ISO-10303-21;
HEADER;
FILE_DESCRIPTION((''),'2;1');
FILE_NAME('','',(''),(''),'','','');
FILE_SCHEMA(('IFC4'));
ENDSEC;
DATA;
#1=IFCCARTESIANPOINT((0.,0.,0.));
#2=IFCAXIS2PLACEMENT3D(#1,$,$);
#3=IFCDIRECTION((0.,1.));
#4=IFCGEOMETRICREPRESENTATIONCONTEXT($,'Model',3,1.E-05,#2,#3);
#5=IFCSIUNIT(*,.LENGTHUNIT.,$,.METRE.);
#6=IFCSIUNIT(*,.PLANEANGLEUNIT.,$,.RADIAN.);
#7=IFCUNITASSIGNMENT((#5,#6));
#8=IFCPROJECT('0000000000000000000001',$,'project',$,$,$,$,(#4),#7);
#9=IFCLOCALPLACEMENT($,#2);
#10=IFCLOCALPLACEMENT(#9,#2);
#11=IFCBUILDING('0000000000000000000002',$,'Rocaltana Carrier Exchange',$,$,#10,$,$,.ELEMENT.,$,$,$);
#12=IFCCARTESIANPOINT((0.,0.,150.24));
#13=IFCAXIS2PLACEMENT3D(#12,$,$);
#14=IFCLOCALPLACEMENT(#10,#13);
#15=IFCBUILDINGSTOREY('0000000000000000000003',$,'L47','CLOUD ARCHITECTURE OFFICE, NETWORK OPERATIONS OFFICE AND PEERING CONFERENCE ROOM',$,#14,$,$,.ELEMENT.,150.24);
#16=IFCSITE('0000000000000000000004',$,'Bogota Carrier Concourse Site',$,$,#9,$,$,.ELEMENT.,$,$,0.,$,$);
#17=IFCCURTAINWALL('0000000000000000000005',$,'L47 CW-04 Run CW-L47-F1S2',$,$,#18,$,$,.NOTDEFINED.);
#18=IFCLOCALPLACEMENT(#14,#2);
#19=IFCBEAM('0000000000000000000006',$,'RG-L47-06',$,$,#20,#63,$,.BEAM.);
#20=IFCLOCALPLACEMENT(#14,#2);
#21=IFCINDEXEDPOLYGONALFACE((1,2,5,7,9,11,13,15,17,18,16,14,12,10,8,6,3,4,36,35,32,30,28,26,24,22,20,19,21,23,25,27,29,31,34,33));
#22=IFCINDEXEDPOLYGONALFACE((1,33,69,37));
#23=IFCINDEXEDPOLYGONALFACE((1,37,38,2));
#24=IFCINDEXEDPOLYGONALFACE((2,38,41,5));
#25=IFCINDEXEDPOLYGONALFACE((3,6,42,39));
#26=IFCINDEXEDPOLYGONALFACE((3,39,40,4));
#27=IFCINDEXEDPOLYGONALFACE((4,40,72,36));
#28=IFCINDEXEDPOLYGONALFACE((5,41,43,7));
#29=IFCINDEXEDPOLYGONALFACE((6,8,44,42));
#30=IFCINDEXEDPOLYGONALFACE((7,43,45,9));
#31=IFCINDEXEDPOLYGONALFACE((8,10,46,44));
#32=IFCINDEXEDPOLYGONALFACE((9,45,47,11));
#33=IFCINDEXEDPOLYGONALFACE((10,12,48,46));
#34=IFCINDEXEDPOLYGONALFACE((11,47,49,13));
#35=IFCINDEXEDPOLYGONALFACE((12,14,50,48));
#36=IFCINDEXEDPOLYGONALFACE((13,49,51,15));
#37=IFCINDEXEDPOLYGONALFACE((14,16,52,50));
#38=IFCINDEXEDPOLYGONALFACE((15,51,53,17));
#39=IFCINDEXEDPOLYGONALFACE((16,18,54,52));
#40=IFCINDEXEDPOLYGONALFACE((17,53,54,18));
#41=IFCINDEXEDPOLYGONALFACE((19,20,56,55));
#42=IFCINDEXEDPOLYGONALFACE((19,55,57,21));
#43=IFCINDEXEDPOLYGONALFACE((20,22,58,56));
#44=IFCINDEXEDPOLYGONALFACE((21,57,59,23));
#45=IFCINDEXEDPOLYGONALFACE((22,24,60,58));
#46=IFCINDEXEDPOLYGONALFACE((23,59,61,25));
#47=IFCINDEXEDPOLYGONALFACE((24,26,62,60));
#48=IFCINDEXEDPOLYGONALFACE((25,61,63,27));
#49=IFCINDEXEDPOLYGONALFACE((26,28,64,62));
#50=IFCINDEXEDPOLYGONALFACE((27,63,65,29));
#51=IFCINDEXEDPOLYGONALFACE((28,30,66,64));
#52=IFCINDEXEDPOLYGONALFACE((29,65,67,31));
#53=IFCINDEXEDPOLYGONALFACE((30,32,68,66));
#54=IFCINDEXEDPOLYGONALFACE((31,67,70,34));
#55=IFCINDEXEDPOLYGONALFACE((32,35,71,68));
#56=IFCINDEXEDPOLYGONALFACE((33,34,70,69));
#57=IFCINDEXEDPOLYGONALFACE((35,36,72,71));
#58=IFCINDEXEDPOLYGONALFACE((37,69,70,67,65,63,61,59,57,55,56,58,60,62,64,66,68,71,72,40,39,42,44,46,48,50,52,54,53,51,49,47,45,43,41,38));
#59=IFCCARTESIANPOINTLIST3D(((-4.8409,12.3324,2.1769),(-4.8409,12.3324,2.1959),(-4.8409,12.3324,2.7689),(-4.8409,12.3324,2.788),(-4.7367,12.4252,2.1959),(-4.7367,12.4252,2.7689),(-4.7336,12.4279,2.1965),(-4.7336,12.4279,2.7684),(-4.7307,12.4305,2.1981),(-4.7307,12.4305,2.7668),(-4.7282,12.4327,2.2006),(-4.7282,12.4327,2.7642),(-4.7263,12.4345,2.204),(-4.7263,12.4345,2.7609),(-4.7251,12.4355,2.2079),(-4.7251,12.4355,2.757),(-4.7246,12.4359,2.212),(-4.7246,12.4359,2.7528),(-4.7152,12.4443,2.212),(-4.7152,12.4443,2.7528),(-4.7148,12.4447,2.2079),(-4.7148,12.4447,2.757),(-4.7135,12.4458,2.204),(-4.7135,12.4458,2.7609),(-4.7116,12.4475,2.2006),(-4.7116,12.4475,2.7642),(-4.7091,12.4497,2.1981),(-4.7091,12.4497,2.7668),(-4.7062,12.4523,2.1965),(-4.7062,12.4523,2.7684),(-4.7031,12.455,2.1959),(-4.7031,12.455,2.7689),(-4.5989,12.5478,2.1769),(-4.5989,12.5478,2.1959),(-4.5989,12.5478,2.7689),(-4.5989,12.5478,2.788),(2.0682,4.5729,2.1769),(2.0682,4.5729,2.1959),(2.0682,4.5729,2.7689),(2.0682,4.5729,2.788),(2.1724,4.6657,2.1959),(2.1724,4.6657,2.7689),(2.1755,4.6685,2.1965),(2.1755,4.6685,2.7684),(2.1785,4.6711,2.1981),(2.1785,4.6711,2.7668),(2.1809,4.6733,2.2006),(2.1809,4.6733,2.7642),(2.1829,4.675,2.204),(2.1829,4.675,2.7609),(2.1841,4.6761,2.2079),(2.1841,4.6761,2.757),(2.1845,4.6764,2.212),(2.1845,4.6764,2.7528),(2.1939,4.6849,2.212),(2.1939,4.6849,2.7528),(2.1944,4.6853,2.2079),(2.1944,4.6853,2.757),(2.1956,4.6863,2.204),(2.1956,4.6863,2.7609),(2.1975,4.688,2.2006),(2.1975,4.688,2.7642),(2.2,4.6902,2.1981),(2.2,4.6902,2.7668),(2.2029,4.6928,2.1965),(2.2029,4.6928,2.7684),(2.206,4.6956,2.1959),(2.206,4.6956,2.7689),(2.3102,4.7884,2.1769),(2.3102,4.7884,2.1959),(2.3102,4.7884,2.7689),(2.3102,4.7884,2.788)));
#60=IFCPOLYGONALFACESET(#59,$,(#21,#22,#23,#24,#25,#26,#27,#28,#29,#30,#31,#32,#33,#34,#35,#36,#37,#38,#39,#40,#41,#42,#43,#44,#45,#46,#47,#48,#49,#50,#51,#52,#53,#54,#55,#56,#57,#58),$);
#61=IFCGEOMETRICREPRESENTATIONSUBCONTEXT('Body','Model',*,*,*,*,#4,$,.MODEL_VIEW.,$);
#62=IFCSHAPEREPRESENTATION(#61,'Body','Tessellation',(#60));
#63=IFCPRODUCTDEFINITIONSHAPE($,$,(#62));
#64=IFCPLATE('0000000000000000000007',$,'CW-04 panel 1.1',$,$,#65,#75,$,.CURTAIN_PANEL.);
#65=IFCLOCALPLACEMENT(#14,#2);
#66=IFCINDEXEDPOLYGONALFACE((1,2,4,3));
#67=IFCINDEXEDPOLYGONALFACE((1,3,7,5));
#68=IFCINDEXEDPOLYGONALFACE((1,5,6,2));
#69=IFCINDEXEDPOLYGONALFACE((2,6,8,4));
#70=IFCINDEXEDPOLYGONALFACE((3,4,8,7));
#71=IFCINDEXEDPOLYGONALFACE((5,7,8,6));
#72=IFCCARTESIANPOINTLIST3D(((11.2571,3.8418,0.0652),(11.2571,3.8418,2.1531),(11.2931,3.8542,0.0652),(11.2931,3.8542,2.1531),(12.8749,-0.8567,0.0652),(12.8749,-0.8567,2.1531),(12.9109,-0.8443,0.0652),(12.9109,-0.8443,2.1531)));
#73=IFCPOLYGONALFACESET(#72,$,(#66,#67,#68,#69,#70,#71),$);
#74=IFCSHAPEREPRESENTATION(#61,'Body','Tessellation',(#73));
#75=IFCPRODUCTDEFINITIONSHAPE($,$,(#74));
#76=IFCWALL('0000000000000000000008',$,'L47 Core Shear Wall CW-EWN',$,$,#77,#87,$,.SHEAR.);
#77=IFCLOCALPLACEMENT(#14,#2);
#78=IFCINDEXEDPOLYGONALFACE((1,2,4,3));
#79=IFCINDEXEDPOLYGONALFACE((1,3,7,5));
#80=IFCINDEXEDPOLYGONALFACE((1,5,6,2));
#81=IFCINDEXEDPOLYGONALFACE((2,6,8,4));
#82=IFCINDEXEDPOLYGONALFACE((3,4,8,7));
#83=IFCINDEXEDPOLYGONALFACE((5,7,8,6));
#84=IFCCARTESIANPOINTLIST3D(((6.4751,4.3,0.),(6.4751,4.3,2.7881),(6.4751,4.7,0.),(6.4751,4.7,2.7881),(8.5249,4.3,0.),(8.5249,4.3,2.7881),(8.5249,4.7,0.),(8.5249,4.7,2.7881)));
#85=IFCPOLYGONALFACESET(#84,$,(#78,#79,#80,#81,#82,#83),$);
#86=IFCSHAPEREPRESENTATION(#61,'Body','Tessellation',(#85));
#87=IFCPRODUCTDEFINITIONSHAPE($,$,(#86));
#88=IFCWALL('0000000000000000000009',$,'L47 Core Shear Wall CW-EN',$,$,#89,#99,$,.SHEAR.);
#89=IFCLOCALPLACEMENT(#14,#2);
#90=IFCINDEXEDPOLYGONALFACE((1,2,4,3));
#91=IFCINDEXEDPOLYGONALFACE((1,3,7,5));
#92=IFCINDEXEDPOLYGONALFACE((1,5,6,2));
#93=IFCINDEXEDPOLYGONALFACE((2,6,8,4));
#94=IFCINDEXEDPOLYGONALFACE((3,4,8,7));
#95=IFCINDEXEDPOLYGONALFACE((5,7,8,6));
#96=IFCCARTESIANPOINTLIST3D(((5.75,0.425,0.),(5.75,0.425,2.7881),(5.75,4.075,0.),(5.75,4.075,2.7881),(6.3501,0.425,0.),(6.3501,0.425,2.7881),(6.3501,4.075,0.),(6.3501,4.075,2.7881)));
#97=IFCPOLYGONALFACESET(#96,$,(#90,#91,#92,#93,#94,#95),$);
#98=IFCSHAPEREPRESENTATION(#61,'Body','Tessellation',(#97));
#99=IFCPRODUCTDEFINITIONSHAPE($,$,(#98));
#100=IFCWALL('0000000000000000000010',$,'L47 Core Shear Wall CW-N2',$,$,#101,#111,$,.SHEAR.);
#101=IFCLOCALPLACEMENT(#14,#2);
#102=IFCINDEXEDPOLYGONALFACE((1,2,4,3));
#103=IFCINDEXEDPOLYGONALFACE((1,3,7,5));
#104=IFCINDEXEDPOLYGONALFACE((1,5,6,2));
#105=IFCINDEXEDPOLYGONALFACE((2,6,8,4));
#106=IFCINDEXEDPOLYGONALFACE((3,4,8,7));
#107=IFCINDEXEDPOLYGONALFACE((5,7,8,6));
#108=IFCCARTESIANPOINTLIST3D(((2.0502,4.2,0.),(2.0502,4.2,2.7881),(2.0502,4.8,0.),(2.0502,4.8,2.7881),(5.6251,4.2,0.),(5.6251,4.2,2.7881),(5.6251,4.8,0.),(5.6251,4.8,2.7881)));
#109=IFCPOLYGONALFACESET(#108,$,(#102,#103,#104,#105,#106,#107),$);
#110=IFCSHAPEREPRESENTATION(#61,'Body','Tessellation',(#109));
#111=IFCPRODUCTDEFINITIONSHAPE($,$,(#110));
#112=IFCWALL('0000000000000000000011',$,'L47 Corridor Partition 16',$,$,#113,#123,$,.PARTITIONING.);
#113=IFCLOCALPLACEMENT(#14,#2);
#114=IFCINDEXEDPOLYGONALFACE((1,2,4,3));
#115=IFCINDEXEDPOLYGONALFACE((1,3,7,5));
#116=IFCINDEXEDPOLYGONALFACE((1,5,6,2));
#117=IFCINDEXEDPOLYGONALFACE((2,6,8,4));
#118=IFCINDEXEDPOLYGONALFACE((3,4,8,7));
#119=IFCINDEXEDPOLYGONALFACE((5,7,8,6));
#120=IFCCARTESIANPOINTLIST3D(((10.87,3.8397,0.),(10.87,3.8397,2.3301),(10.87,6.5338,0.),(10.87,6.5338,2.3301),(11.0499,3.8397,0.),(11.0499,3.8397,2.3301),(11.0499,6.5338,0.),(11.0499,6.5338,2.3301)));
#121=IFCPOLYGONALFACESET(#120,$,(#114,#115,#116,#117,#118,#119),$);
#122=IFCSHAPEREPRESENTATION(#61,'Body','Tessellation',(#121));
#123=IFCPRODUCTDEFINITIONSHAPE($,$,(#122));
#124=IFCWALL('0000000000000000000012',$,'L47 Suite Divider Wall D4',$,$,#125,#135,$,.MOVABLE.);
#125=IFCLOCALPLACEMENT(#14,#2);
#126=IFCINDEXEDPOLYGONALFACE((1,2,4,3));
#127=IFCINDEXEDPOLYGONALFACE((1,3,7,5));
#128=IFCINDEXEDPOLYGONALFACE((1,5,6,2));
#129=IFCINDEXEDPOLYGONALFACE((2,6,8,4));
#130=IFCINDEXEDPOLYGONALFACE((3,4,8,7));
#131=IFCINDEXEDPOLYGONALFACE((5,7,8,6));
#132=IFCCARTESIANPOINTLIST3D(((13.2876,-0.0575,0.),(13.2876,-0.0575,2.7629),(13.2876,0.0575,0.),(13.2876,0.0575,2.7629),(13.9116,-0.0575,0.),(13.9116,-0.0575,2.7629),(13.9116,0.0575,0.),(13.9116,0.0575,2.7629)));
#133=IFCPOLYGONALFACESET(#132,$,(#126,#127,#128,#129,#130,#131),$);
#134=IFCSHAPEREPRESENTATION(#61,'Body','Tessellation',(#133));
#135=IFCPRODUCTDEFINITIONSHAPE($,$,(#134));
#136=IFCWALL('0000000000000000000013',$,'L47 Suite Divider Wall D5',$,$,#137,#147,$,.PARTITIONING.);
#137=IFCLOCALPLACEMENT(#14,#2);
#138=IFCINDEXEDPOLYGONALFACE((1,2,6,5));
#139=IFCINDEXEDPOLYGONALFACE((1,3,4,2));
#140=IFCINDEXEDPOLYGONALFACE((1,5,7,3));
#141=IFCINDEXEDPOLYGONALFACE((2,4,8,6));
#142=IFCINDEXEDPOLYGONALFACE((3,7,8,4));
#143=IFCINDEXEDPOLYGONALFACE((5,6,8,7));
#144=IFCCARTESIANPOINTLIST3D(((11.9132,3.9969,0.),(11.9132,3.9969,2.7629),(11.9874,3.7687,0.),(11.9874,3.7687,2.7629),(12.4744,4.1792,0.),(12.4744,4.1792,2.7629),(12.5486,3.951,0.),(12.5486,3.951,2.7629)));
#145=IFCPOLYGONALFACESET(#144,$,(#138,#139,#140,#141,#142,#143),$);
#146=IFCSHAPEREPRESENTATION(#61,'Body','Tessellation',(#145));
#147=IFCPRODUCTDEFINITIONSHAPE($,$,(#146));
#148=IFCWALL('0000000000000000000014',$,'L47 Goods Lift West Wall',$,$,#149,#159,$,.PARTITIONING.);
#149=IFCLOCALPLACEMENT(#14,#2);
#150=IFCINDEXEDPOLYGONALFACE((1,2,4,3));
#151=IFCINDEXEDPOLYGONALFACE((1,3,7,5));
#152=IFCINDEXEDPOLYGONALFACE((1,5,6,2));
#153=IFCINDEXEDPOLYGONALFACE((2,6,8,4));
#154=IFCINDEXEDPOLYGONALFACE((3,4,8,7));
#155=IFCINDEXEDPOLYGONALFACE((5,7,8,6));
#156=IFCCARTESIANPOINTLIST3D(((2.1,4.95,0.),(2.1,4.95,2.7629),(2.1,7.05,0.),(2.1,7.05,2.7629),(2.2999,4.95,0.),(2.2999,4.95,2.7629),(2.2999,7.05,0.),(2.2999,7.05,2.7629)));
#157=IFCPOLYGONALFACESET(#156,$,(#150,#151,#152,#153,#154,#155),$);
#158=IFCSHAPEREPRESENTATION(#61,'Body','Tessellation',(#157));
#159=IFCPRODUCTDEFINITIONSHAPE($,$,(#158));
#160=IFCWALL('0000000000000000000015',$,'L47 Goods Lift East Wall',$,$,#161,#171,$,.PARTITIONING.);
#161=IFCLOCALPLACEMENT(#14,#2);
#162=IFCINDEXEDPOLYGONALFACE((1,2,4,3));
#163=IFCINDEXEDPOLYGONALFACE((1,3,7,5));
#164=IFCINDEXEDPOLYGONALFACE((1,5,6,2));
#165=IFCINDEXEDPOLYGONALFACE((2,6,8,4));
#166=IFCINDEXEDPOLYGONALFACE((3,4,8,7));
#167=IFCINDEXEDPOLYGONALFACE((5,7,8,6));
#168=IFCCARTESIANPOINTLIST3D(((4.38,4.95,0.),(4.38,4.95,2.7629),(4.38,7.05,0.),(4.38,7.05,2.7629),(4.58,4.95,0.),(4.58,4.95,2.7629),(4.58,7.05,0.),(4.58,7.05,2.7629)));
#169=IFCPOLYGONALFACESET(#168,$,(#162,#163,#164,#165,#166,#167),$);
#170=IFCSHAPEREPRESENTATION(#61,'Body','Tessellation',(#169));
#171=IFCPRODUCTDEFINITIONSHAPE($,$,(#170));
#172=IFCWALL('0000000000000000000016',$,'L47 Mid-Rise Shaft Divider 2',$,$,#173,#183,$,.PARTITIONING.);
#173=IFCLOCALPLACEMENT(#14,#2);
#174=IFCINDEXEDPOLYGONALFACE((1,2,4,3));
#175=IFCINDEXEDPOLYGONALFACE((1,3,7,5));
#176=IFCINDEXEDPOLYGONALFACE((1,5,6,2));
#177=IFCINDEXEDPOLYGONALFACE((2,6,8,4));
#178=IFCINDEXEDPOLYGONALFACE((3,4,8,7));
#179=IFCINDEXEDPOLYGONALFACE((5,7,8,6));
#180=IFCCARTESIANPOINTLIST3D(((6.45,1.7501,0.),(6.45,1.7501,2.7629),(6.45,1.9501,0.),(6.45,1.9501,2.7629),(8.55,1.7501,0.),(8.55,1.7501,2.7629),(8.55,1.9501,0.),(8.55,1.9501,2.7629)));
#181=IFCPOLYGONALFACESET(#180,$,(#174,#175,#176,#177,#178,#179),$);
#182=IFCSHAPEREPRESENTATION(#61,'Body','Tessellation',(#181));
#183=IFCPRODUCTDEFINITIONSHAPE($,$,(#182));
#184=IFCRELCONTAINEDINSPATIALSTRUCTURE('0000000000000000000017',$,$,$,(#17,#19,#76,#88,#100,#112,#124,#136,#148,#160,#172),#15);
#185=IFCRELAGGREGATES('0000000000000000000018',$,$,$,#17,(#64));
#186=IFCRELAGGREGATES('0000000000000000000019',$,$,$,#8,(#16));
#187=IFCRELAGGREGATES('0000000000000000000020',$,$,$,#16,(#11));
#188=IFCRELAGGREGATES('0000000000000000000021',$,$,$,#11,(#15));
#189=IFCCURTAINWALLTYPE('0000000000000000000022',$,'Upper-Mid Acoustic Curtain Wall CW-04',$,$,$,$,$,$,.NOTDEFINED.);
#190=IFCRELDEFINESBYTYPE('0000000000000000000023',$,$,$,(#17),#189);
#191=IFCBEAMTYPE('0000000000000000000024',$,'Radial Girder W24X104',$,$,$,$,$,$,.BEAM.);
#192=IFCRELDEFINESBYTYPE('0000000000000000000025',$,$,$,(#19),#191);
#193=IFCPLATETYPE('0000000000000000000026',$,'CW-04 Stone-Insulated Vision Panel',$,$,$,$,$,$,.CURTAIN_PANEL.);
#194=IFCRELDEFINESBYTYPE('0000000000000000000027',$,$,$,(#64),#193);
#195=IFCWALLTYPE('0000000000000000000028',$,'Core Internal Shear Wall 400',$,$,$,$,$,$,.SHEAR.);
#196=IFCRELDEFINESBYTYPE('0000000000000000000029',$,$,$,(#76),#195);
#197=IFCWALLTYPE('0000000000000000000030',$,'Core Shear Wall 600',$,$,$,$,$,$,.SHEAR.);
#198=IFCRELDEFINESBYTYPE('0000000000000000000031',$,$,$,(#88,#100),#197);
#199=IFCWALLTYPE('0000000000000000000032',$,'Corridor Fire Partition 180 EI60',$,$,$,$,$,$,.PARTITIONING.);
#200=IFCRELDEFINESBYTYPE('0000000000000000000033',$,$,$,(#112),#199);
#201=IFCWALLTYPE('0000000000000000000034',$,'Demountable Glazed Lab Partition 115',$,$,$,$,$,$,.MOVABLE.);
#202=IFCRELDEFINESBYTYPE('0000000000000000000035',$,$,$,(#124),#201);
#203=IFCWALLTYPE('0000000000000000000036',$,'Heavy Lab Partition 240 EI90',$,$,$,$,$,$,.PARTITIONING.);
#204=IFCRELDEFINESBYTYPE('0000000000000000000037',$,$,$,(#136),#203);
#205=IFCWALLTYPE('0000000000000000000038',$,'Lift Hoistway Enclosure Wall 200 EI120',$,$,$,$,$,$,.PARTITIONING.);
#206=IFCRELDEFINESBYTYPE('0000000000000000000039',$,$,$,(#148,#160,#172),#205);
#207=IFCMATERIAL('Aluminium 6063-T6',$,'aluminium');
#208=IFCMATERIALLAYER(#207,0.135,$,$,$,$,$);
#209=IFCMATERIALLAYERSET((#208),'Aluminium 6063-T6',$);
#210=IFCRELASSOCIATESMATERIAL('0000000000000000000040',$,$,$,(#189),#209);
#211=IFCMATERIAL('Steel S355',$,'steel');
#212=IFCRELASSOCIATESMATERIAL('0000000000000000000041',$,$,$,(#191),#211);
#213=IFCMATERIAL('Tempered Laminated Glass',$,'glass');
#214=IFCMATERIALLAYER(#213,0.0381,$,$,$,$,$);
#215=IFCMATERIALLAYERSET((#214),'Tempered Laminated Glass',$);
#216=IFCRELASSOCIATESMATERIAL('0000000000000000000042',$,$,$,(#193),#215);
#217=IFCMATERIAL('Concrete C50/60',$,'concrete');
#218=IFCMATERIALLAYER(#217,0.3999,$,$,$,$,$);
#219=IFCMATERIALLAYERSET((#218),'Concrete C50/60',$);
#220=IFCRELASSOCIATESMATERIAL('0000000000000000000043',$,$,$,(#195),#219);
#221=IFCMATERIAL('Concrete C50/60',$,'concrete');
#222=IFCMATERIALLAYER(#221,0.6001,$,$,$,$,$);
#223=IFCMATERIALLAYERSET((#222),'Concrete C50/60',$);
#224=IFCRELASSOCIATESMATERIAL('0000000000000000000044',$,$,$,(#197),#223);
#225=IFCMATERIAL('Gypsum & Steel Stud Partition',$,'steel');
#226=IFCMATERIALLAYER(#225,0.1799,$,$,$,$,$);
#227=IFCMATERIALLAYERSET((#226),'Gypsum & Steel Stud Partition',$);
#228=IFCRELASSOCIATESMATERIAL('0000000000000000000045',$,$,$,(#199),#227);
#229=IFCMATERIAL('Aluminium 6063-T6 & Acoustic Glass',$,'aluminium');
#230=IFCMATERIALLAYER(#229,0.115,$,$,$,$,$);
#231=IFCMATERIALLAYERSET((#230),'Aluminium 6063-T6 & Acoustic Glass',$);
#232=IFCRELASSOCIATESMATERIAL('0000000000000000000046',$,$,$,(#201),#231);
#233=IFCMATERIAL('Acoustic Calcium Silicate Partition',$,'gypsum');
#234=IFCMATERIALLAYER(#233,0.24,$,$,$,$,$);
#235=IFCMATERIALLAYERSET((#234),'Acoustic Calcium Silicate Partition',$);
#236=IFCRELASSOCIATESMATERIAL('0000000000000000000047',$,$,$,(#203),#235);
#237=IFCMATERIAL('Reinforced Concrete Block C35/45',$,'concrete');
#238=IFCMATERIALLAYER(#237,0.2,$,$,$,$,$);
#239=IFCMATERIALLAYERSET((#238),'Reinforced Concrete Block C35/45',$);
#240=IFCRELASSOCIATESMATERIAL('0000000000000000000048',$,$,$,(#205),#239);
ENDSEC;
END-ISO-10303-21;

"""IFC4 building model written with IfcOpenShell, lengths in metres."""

from ifc_helpers import new_model, si_unit, direction, frame, frame_2d, origin, origin_2d, place, context, subcontext, project, spatial, rectangle, i_section, extrude, material, layer, layer_set, material_profile, profile_set, type_object, element, aggregate, save


model = new_model("IFC4")

# Units and contexts
model_context = context("Model", 3, precision=1e-05, world=origin(), true_north=direction((0.0, 1.0)))
body_context = subcontext(model_context, "Body", "Model", "MODEL_VIEW")
ifc_project = project(units=[si_unit("LENGTHUNIT", "METRE"), si_unit("PLANEANGLEUNIT", "RADIAN")], contexts=[model_context])

# Site, building, storey
site_placement = place(None, origin())
site = spatial("IfcSite", under=ifc_project, at=site_placement, Name="Bogota Carrier Concourse Site", CompositionType="ELEMENT", RefElevation=0.0)
building_placement = place(site_placement, origin())
building = spatial("IfcBuilding", under=site, at=building_placement, Name="Rocaltana Carrier Exchange", CompositionType="ELEMENT")
storey_placement = place(building_placement, frame((0.0, 0.0, 150.24)))
storey = spatial("IfcBuildingStorey", under=building, at=storey_placement, Name="L47", Description="CLOUD ARCHITECTURE OFFICE, NETWORK OPERATIONS OFFICE AND PEERING CONFERENCE ROOM", CompositionType="ELEMENT", Elevation=150.24)

# Curtain wall
ifc_material_1 = material(Name="Aluminium 6063-T6", Category="aluminium")
ifc_layer_1 = layer(ifc_material_1, 0.135)
ifc_layer_set_1 = layer_set([ifc_layer_1], Name="Aluminium 6063-T6")
curtain_wall_type = type_object("IfcCurtainWallType", Name="Upper-Mid Acoustic Curtain Wall CW-04", PredefinedType="NOTDEFINED", material=ifc_layer_set_1)
curtain_wall_placement = place(storey_placement, origin())
curtain_wall = element("IfcCurtainWall", 1, at=curtain_wall_placement, inside=storey, type_object=curtain_wall_type, Name="L47 CW-04 Run CW-L47-F1S2", PredefinedType="NOTDEFINED")

# Beam
ifc_material_2 = material(Name="Steel S355", Category="steel")
ifc_material_profile_1 = material_profile(ifc_material_2, i_section(OverallWidth=0.324, OverallDepth=0.6111, WebThickness=0.0127, FlangeThickness=0.019, FilletRadius=0.0161, at=origin_2d()), Name="W24X104")
ifc_profile_set_1 = profile_set([ifc_material_profile_1], Name="Steel S355")
beam_type_1 = type_object("IfcBeamType", Name="Radial Girder W24X104", PredefinedType="BEAM", material=ifc_profile_set_1)
beam_1_placement = place(storey_placement, frame((2.1892, 4.6807, 2.4824), z_axis=(-0.665, 0.746844, 0.0), x_axis=(-0.746844, -0.665, 0.0)))
element("IfcBeam", 2, at=beam_1_placement, inside=storey, type_object=beam_type_1, Name="RG-L47-06", PredefinedType="BEAM", context=body_context, shape_type="SweptSolid", body=[
    extrude(i_section(OverallWidth=0.324, OverallDepth=0.6111, WebThickness=0.0127, FlangeThickness=0.019, FilletRadius=0.0161, at=origin_2d()), origin(), (0.0, 0.0, 1.0), 10.3896),
])

# Plate
ifc_material_3 = material(Name="Tempered Laminated Glass", Category="glass")
ifc_layer_2 = layer(ifc_material_3, 0.0381)
ifc_layer_set_2 = layer_set([ifc_layer_2], Name="Tempered Laminated Glass")
plate_type = type_object("IfcPlateType", Name="CW-04 Stone-Insulated Vision Panel", PredefinedType="CURTAIN_PANEL", material=ifc_layer_set_2)
plate_placement = place(storey_placement, frame((12.084, 1.4988, 0.0652), z_axis=(0.0, 0.0, 1.0), x_axis=(-0.325562, 0.945521, 0.0)))
plate = element("IfcPlate", 3, at=plate_placement, type_object=plate_type, Name="CW-04 panel 1.1", PredefinedType="CURTAIN_PANEL", context=body_context, shape_type="SweptSolid", body=[
    extrude(rectangle(XDim=4.9692, YDim=0.0381, at=origin_2d()), origin(), (0.0, 0.0, 1.0), 2.0879),
])
aggregate(curtain_wall, [plate])

# Walls
ifc_material_4 = material(Name="Concrete C50/60", Category="concrete")
ifc_layer_3 = layer(ifc_material_4, 0.3999)
ifc_layer_set_3 = layer_set([ifc_layer_3], Name="Concrete C50/60")
wall_type_1 = type_object("IfcWallType", Name="Core Internal Shear Wall 400", PredefinedType="SHEAR", material=ifc_layer_set_3)
wall_1_placement = place(storey_placement, frame((6.4751, 4.5, 0.0), z_axis=(0.0, 0.0, 1.0), x_axis=(1.0, 0.0, 0.0)))
element("IfcWall", 4, at=wall_1_placement, inside=storey, type_object=wall_type_1, Name="L47 Core Shear Wall CW-EWN", PredefinedType="SHEAR", context=body_context, shape_type="SweptSolid", body=[
    extrude(rectangle(XDim=2.0498, YDim=0.3999, at=frame_2d((1.0249, 0.0))), origin(), (0.0, 0.0, 1.0), 2.7881),
])
ifc_material_5 = material(Name="Concrete C50/60", Category="concrete")
ifc_layer_4 = layer(ifc_material_5, 0.6001)
ifc_layer_set_4 = layer_set([ifc_layer_4], Name="Concrete C50/60")
wall_type_2 = type_object("IfcWallType", Name="Core Shear Wall 600", PredefinedType="SHEAR", material=ifc_layer_set_4)
wall_2_placement = place(storey_placement, frame((6.05, 0.425, 0.0), z_axis=(0.0, 0.0, 1.0), x_axis=(0.0, 1.0, 0.0)))
element("IfcWall", 5, at=wall_2_placement, inside=storey, type_object=wall_type_2, Name="L47 Core Shear Wall CW-EN", PredefinedType="SHEAR", context=body_context, shape_type="SweptSolid", body=[
    extrude(rectangle(XDim=3.6499, YDim=0.6001, at=frame_2d((1.825, 0.0))), origin(), (0.0, 0.0, 1.0), 2.7881),
])
wall_3_placement = place(storey_placement, frame((2.05, 4.5, 0.0), z_axis=(0.0, 0.0, 1.0), x_axis=(1.0, 0.0, 0.0)))
element("IfcWall", 6, at=wall_3_placement, inside=storey, type_object=wall_type_2, Name="L47 Core Shear Wall CW-N2", PredefinedType="SHEAR", context=body_context, shape_type="SweptSolid", body=[
    extrude(rectangle(XDim=3.575, YDim=0.6001, at=frame_2d((1.7876, 0.0))), origin(), (0.0, 0.0, 1.0), 2.7881),
])
ifc_material_6 = material(Name="Gypsum & Steel Stud Partition", Category="steel")
ifc_layer_5 = layer(ifc_material_6, 0.1799)
ifc_layer_set_5 = layer_set([ifc_layer_5], Name="Gypsum & Steel Stud Partition")
wall_type_3 = type_object("IfcWallType", Name="Corridor Fire Partition 180 EI60", PredefinedType="PARTITIONING", material=ifc_layer_set_5)
wall_4_placement = place(storey_placement, frame((10.96, 3.8396, 0.0), z_axis=(0.0, 0.0, 1.0), x_axis=(0.0, 1.0, 0.0)))
element("IfcWall", 7, at=wall_4_placement, inside=storey, type_object=wall_type_3, Name="L47 Corridor Partition 16", PredefinedType="PARTITIONING", context=body_context, shape_type="SweptSolid", body=[
    extrude(rectangle(XDim=2.6941, YDim=0.1799, at=frame_2d((1.3472, 0.0))), origin(), (0.0, 0.0, 1.0), 2.3301),
])
ifc_material_7 = material(Name="Aluminium 6063-T6 & Acoustic Glass", Category="aluminium")
ifc_layer_6 = layer(ifc_material_7, 0.115)
ifc_layer_set_6 = layer_set([ifc_layer_6], Name="Aluminium 6063-T6 & Acoustic Glass")
wall_type_4 = type_object("IfcWallType", Name="Demountable Glazed Lab Partition 115", PredefinedType="MOVABLE", material=ifc_layer_set_6)
wall_5_placement = place(storey_placement, frame((13.2876, 0.0, 0.0), z_axis=(0.0, 0.0, 1.0), x_axis=(1.0, 0.0, 0.0)))
element("IfcWall", 8, at=wall_5_placement, inside=storey, type_object=wall_type_4, Name="L47 Suite Divider Wall D4", PredefinedType="MOVABLE", context=body_context, shape_type="SweptSolid", body=[
    extrude(rectangle(XDim=0.624, YDim=0.115, at=frame_2d((0.312, 0.0))), origin(), (0.0, 0.0, 1.0), 2.7629),
])
ifc_material_8 = material(Name="Acoustic Calcium Silicate Partition", Category="gypsum")
ifc_layer_7 = layer(ifc_material_8, 0.24)
ifc_layer_set_7 = layer_set([ifc_layer_7], Name="Acoustic Calcium Silicate Partition")
wall_type_5 = type_object("IfcWallType", Name="Heavy Lab Partition 240 EI90", PredefinedType="PARTITIONING", material=ifc_layer_set_7)
wall_6_placement = place(storey_placement, frame((11.9504, 3.8828, 0.0), z_axis=(0.0, 0.0, 1.0), x_axis=(0.951055, 0.309021, 0.0)))
element("IfcWall", 9, at=wall_6_placement, inside=storey, type_object=wall_type_5, Name="L47 Suite Divider Wall D5", PredefinedType="PARTITIONING", context=body_context, shape_type="SweptSolid", body=[
    extrude(rectangle(XDim=0.5901, YDim=0.24, at=frame_2d((0.2949, 0.0))), origin(), (0.0, 0.0, 1.0), 2.7629),
])
ifc_material_9 = material(Name="Reinforced Concrete Block C35/45", Category="concrete")
ifc_layer_8 = layer(ifc_material_9, 0.2)
ifc_layer_set_8 = layer_set([ifc_layer_8], Name="Reinforced Concrete Block C35/45")
wall_type_6 = type_object("IfcWallType", Name="Lift Hoistway Enclosure Wall 200 EI120", PredefinedType="PARTITIONING", material=ifc_layer_set_8)
for number, where, z_axis, x_axis, name in (
    (10, (2.2, 4.95, 0.0), (0.0, 0.0, 1.0), (0.0, 1.0, 0.0), "L47 Goods Lift West Wall"),
    (11, (4.48, 4.95, 0.0), (0.0, 0.0, 1.0), (0.0, 1.0, 0.0), "L47 Goods Lift East Wall"),
    (12, (6.45, 1.8501, 0.0), (0.0, 0.0, 1.0), (1.0, 0.0, 0.0), "L47 Mid-Rise Shaft Divider 2"),
):
    element("IfcWall", number, at=place(storey_placement, frame(where, z_axis=z_axis, x_axis=x_axis)), inside=storey, type_object=wall_type_6, Name=name, PredefinedType="PARTITIONING", context=body_context, shape_type="SweptSolid", body=[
        extrude(rectangle(XDim=2.1001, YDim=0.2, at=frame_2d((1.05, 0.0))), origin(), (0.0, 0.0, 1.0), 2.7629),
    ])

save(model, "model.ifc")
